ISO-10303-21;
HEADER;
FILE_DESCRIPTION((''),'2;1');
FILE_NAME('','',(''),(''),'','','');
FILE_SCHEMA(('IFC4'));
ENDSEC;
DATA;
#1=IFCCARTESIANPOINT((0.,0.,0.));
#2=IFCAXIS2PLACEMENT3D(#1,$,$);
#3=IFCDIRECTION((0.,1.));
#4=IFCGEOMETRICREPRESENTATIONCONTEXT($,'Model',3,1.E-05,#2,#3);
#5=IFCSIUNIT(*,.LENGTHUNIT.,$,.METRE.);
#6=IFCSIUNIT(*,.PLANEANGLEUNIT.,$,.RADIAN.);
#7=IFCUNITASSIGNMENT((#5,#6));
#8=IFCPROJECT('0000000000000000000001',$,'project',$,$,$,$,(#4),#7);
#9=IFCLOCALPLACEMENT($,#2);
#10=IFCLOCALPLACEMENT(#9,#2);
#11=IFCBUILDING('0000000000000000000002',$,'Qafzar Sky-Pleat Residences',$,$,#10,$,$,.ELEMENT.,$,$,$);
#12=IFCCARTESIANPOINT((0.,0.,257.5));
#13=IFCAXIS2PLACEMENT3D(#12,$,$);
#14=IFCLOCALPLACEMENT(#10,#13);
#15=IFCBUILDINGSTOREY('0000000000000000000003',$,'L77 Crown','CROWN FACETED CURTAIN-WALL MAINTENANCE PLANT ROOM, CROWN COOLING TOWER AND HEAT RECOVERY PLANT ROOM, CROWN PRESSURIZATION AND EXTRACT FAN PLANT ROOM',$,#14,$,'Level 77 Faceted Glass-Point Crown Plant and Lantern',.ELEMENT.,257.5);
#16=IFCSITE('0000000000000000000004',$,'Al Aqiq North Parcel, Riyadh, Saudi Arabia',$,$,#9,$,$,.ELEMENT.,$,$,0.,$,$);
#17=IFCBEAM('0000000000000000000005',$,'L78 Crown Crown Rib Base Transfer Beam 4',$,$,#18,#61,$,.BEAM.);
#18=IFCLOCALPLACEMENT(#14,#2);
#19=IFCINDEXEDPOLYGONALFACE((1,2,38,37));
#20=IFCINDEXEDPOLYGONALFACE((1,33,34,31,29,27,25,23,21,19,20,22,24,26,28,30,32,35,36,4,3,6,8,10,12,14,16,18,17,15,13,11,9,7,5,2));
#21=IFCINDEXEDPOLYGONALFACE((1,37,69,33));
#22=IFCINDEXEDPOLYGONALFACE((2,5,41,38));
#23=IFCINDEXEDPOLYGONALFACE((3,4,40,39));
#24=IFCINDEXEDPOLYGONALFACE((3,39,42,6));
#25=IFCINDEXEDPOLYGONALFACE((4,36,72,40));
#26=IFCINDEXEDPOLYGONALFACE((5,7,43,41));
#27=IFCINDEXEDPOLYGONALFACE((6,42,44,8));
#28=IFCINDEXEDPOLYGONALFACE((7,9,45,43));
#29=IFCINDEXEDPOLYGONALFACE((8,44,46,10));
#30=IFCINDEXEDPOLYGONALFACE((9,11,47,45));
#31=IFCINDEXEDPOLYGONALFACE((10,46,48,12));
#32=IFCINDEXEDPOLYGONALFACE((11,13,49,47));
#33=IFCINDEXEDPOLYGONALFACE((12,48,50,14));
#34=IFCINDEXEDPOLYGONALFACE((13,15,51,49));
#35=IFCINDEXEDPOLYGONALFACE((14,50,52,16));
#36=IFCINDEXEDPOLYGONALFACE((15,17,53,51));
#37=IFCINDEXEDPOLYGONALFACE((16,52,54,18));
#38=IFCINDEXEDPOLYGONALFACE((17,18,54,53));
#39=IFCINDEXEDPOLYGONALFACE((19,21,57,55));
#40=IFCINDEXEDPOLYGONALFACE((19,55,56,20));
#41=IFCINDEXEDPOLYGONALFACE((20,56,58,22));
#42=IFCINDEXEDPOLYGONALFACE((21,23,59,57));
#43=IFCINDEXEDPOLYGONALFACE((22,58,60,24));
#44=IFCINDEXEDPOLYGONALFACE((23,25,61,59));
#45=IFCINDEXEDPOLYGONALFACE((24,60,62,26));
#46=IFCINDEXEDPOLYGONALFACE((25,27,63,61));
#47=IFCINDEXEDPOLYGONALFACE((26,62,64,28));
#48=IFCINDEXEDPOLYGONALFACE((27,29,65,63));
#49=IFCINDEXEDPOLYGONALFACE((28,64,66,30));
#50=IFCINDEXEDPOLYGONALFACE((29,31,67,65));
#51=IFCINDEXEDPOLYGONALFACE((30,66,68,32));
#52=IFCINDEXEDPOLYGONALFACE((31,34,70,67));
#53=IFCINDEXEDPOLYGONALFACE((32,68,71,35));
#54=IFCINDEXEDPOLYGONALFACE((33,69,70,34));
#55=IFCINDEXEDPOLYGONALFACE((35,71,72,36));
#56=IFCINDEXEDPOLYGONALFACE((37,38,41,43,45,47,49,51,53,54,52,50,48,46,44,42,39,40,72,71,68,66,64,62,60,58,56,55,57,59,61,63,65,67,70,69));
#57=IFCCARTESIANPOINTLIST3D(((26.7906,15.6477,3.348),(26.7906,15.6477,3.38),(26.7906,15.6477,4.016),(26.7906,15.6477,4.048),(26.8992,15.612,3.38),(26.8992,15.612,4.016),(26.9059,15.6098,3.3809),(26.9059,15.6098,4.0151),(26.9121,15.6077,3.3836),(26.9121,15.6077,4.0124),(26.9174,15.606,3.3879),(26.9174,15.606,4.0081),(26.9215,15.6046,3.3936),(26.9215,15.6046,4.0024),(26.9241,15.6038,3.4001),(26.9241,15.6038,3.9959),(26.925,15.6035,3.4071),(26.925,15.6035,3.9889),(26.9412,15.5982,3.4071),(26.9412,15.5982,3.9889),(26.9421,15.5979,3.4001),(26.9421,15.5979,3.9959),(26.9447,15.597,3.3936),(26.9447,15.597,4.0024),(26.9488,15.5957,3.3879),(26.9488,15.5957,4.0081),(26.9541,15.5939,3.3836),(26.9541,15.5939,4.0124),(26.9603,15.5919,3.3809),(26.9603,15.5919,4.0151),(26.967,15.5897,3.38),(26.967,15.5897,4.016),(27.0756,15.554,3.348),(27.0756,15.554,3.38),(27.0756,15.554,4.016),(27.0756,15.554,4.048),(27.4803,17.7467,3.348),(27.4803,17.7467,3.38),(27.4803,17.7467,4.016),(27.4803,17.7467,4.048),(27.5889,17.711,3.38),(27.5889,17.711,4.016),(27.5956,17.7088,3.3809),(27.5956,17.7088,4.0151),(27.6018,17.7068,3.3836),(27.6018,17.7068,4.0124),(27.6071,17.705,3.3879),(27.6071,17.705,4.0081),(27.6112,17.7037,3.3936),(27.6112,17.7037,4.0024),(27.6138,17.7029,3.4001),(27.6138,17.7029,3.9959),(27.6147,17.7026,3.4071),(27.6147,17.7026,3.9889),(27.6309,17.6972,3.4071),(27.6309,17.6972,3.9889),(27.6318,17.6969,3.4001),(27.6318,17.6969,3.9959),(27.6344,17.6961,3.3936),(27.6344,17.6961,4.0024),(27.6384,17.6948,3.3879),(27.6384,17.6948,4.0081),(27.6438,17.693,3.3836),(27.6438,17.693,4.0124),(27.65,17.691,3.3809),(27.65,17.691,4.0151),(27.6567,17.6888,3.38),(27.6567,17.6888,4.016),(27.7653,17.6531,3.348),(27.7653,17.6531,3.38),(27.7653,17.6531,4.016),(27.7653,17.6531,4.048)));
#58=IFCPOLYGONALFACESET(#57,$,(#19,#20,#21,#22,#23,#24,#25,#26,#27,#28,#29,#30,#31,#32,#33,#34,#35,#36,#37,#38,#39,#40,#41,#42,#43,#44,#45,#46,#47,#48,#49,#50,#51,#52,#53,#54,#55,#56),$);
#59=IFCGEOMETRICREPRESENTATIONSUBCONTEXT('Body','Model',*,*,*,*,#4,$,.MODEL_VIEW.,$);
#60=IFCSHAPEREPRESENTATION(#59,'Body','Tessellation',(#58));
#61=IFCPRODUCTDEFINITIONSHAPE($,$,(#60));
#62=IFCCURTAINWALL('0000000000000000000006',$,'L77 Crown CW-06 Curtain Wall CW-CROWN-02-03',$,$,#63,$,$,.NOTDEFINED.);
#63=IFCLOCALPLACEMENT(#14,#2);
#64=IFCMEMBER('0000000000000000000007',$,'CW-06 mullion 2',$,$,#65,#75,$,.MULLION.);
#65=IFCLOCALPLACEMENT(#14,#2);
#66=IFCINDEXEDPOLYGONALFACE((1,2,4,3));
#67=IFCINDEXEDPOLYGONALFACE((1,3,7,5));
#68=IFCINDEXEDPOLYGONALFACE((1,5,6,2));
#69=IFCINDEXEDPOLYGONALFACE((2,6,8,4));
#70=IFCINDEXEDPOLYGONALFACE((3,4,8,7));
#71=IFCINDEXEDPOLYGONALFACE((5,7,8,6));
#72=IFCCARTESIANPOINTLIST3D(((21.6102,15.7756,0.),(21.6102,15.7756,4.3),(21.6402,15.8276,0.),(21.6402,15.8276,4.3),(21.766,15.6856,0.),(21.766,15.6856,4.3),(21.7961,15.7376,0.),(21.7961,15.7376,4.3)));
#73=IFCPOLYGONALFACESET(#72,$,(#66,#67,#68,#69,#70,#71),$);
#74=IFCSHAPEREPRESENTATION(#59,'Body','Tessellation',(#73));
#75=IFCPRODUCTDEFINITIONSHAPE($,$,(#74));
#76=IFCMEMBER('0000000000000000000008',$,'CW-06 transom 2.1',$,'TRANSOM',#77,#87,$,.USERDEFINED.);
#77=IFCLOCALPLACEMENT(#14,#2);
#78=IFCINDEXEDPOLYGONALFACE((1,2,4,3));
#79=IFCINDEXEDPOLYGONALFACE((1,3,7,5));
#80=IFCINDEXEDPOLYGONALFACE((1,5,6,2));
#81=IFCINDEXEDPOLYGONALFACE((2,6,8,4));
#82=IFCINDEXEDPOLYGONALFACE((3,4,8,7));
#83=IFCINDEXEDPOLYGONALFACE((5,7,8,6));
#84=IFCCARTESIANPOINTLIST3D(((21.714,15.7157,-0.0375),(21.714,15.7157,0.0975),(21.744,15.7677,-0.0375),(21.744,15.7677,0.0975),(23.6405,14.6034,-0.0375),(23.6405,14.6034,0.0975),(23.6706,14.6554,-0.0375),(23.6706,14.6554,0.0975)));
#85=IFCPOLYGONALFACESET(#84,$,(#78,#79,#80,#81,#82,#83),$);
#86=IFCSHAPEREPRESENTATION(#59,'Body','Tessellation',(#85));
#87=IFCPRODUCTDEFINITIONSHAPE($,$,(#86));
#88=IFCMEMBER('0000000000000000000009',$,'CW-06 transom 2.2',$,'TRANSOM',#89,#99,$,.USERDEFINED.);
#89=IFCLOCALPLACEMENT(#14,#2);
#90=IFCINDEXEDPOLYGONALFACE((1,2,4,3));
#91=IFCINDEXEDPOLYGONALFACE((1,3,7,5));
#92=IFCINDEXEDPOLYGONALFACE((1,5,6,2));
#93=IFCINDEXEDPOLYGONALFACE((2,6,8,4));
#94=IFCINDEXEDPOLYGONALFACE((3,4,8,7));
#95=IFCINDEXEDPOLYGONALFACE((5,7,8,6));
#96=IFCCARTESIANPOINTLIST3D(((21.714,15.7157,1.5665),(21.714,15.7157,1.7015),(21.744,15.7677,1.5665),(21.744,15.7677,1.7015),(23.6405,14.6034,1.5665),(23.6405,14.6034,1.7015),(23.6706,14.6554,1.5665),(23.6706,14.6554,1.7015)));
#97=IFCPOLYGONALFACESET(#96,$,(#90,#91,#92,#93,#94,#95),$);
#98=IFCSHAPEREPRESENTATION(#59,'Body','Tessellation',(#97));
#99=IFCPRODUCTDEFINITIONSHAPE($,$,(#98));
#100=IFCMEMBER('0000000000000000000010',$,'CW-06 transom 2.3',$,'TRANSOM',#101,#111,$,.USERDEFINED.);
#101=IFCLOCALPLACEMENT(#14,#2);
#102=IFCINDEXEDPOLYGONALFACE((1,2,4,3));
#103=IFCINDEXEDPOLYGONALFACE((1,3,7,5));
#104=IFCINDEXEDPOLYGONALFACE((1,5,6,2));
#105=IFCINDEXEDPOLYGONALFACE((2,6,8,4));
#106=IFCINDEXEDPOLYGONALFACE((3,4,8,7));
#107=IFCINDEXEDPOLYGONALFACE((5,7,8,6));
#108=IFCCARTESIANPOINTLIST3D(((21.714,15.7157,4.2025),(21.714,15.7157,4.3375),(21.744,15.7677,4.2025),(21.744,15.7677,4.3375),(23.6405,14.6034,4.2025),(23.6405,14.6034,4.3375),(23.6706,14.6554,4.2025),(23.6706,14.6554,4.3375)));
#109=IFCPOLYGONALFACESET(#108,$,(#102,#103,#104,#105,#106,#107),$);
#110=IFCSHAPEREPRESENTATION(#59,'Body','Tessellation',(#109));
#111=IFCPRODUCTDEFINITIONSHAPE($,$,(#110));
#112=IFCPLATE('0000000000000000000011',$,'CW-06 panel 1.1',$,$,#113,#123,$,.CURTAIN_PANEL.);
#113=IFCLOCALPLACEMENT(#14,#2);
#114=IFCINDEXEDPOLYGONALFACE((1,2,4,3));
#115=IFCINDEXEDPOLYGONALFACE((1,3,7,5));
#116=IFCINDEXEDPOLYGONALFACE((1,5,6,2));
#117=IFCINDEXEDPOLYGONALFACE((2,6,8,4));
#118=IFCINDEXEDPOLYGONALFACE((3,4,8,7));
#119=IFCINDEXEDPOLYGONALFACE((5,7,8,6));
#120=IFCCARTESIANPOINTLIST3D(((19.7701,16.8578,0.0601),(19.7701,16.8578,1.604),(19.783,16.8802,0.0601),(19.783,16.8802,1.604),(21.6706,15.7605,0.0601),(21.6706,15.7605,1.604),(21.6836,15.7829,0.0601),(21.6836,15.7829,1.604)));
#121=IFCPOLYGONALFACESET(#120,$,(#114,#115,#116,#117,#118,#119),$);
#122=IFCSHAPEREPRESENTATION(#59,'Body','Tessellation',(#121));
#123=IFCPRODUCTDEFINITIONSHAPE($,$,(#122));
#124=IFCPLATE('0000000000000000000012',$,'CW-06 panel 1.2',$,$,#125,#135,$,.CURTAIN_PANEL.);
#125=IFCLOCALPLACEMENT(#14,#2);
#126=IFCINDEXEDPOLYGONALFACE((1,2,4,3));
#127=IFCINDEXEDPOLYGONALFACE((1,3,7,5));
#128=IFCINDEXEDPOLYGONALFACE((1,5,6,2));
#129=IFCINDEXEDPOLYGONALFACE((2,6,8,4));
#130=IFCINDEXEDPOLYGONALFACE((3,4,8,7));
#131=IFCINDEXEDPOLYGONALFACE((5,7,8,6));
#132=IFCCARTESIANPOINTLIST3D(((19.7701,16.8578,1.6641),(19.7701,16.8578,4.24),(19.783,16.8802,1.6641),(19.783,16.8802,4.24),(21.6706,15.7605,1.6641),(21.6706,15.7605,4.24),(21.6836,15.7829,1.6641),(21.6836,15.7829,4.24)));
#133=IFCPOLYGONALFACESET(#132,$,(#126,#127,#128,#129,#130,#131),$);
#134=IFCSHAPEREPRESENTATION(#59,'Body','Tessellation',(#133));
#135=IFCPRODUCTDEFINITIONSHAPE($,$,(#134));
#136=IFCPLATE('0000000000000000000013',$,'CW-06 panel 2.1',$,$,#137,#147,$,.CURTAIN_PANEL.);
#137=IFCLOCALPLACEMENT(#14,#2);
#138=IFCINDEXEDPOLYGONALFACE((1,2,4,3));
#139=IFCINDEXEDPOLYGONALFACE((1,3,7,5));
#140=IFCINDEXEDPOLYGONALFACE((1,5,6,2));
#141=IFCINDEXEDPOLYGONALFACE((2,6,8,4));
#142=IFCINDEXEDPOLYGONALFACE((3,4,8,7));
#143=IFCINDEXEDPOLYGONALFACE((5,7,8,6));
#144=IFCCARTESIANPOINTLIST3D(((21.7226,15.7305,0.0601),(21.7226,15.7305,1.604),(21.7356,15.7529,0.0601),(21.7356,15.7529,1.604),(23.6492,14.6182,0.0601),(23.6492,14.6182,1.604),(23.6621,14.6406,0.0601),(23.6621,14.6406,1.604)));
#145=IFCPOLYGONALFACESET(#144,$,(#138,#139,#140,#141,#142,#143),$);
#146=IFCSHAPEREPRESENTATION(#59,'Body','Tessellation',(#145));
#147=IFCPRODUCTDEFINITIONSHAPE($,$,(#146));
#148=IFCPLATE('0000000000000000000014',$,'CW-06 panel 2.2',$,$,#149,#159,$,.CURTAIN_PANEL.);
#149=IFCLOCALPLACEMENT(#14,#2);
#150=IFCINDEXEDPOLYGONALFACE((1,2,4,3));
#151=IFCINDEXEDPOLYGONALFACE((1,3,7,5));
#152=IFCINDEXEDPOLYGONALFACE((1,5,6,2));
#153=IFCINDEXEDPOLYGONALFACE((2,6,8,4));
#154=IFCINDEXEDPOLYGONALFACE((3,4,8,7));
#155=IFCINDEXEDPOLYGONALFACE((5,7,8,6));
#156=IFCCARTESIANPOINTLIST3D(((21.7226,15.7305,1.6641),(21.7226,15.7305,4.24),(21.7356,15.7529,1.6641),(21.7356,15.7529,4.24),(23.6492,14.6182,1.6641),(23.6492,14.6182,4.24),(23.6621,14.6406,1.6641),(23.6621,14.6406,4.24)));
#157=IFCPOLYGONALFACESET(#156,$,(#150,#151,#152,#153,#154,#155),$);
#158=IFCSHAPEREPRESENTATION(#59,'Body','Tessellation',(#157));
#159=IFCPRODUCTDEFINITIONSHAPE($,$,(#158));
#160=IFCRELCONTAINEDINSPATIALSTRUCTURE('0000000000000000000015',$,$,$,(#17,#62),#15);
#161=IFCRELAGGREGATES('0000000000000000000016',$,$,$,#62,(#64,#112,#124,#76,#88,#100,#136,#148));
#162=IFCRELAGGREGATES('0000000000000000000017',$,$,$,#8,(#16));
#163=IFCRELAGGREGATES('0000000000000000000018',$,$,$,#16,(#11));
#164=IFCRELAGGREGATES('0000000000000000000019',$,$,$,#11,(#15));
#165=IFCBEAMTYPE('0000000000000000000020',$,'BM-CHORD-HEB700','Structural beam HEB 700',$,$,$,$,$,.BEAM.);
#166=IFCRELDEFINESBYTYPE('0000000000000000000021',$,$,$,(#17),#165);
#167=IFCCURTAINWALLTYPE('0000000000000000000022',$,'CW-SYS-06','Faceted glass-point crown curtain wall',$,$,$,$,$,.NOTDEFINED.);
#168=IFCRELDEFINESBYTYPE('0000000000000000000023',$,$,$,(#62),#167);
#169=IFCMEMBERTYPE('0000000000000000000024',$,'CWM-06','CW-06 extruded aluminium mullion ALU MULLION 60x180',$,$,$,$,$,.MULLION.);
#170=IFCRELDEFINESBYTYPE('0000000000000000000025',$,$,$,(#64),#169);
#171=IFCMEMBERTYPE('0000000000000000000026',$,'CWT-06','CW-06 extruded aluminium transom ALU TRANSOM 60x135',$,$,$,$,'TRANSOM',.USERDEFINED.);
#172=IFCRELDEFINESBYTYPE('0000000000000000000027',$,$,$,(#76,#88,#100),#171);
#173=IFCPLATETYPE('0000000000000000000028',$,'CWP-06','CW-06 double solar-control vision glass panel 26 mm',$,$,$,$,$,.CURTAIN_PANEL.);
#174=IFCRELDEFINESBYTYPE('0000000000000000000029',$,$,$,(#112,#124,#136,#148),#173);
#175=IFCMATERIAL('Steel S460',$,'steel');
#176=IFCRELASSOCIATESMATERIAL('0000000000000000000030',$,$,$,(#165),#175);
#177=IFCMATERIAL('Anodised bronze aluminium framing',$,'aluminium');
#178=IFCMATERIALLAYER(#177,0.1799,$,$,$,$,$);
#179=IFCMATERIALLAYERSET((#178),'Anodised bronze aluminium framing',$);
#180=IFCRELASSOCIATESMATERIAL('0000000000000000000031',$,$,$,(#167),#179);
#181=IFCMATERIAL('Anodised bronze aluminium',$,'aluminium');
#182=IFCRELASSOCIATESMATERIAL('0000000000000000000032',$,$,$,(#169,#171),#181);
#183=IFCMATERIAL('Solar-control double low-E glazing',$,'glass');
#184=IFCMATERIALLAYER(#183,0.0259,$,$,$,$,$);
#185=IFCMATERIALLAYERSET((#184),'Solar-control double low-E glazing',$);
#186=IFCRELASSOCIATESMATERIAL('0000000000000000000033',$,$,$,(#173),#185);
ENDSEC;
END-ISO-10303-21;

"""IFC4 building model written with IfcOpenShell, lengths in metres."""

from ifc_helpers import new_model, si_unit, direction, frame, origin, origin_2d, place, context, subcontext, project, spatial, rectangle, i_section, extrude, source, transform, mapped, material, layer, layer_set, material_profile, profile_set, type_object, element, aggregate, save


model = new_model("IFC4")

# Units and contexts
model_context = context("Model", 3, precision=1e-05, world=origin(), true_north=direction((0.0, 1.0)))
body_context = subcontext(model_context, "Body", "Model", "MODEL_VIEW")
ifc_project = project(units=[si_unit("LENGTHUNIT", "METRE"), si_unit("PLANEANGLEUNIT", "RADIAN")], contexts=[model_context])

# Site, building, storey
site_placement = place(None, origin())
site = spatial("IfcSite", under=ifc_project, at=site_placement, Name="Al Aqiq North Parcel, Riyadh, Saudi Arabia", CompositionType="ELEMENT", RefElevation=0.0)
building_placement = place(site_placement, origin())
building = spatial("IfcBuilding", under=site, at=building_placement, Name="Qafzar Sky-Pleat Residences", CompositionType="ELEMENT")
storey_placement = place(building_placement, frame((0.0, 0.0, 257.5)))
storey = spatial("IfcBuildingStorey", under=building, at=storey_placement, Name="L77 Crown", Description="CROWN FACETED CURTAIN-WALL MAINTENANCE PLANT ROOM, CROWN COOLING TOWER AND HEAT RECOVERY PLANT ROOM, CROWN PRESSURIZATION AND EXTRACT FAN PLANT ROOM", LongName="Level 77 Faceted Glass-Point Crown Plant and Lantern", CompositionType="ELEMENT", Elevation=257.5)

# Shared definitions
ifc_material_1 = material(Name="Steel S460", Category="steel")

# Beam
ifc_material_profile_1 = material_profile(ifc_material_1, i_section(OverallWidth=0.3, OverallDepth=0.7, WebThickness=0.0171, FlangeThickness=0.032, FilletRadius=0.0271, at=origin_2d()), Name="HEB 700")
ifc_profile_set_1 = profile_set([ifc_material_profile_1], Name="Steel S460")
beam_type = type_object("IfcBeamType", Name="BM-CHORD-HEB700", Description="Structural beam HEB 700", PredefinedType="BEAM", material=ifc_profile_set_1)
shared_shape_1 = source(origin(), body_context, "Body", "SweptSolid", [
    extrude(i_section(OverallWidth=0.3, OverallDepth=0.7, WebThickness=0.0171, FlangeThickness=0.032, FilletRadius=0.0271, at=origin_2d()), origin(), (0.0, 0.0, 1.0), 2.2095),
])
beam_placement = place(storey_placement, frame((26.9331, 15.6008, 3.698), z_axis=(0.312148, 0.950034, 0.0), x_axis=(-0.950034, 0.312148, 0.0)))
element("IfcBeam", 1, at=beam_placement, inside=storey, type_object=beam_type, Name="L78 Crown Crown Rib Base Transfer Beam 4", PredefinedType="BEAM", context=body_context, shape_type="MappedRepresentation", body=[
    mapped(shared_shape_1, transform((0.0, 0.0, 0.0), x_axis=(1.0, 0.0, 0.0), y_axis=(0.0, 1.0, 0.0), z_axis=(0.0, 0.0, 1.0), scale=1.0)),
])

# Curtain wall, members, plates
ifc_material_2 = material(Name="Anodised bronze aluminium framing", Category="aluminium")
ifc_layer_1 = layer(ifc_material_2, 0.1799)
ifc_layer_set_1 = layer_set([ifc_layer_1], Name="Anodised bronze aluminium framing")
curtain_wall_type = type_object("IfcCurtainWallType", Name="CW-SYS-06", Description="Faceted glass-point crown curtain wall", PredefinedType="NOTDEFINED", material=ifc_layer_set_1)
curtain_wall_placement = place(storey_placement, origin())
curtain_wall = element("IfcCurtainWall", 2, at=curtain_wall_placement, inside=storey, type_object=curtain_wall_type, Name="L77 Crown CW-06 Curtain Wall CW-CROWN-02-03", PredefinedType="NOTDEFINED")
ifc_material_3 = material(Name="Anodised bronze aluminium", Category="aluminium")
ifc_material_profile_2 = material_profile(ifc_material_3, rectangle(XDim=0.0601, YDim=0.1799, at=origin_2d()), Name="ALU MULLION 60x180")
ifc_profile_set_2 = profile_set([ifc_material_profile_2], Name="Anodised bronze aluminium")
member_type_1 = type_object("IfcMemberType", Name="CWM-06", Description="CW-06 extruded aluminium mullion ALU MULLION 60x180", PredefinedType="MULLION", material=ifc_profile_set_2)
shared_shape_2 = source(origin(), body_context, "Body", "SweptSolid", [
    extrude(rectangle(XDim=0.0601, YDim=0.1799, at=origin_2d()), origin(), (0.0, 0.0, 1.0), 4.3),
])
member_1_placement = place(storey_placement, frame((21.7031, 15.7566, 0.0), z_axis=(0.0, 0.0, 1.0), x_axis=(0.499999, 0.866026, 0.0)))
member_1 = element("IfcMember", 3, at=member_1_placement, type_object=member_type_1, Name="CW-06 mullion 2", PredefinedType="MULLION", context=body_context, shape_type="MappedRepresentation", body=[
    mapped(shared_shape_2, transform((0.0, 0.0, 0.0), x_axis=(1.0, 0.0, 0.0), y_axis=(0.0, 1.0, 0.0), z_axis=(0.0, 0.0, 1.0), scale=1.0)),
])
ifc_material_profile_3 = material_profile(ifc_material_3, rectangle(XDim=0.0601, YDim=0.135, at=origin_2d()), Name="ALU TRANSOM 60x135")
ifc_profile_set_3 = profile_set([ifc_material_profile_3], Name="Anodised bronze aluminium")
member_type_2 = type_object("IfcMemberType", Name="CWT-06", Description="CW-06 extruded aluminium transom ALU TRANSOM 60x135", ElementType="TRANSOM", PredefinedType="USERDEFINED", material=ifc_profile_set_3)
shared_shape_3 = source(origin(), body_context, "Body", "SweptSolid", [
    extrude(rectangle(XDim=0.0601, YDim=0.135, at=origin_2d()), origin(), (0.0, 0.0, 1.0), 2.2246),
])
member_2_placement = place(storey_placement, frame((21.729, 15.7417, 0.03), z_axis=(0.866019, -0.500011, 0.0), x_axis=(0.500011, 0.866019, 0.0)))
member_2 = element("IfcMember", 4, at=member_2_placement, type_object=member_type_2, Name="CW-06 transom 2.1", ObjectType="TRANSOM", PredefinedType="USERDEFINED", context=body_context, shape_type="MappedRepresentation", body=[
    mapped(shared_shape_3, transform((0.0, 0.0, 0.0), x_axis=(1.0, 0.0, 0.0), y_axis=(0.0, 1.0, 0.0), z_axis=(0.0, 0.0, 1.0), scale=1.0)),
])
member_3_placement = place(storey_placement, frame((21.729, 15.7417, 1.634), z_axis=(0.866019, -0.500011, 0.0), x_axis=(0.500011, 0.866019, 0.0)))
member_3 = element("IfcMember", 5, at=member_3_placement, type_object=member_type_2, Name="CW-06 transom 2.2", ObjectType="TRANSOM", PredefinedType="USERDEFINED", context=body_context, shape_type="MappedRepresentation", body=[
    mapped(shared_shape_3, transform((0.0, 0.0, 0.0), x_axis=(1.0, 0.0, 0.0), y_axis=(0.0, 1.0, 0.0), z_axis=(0.0, 0.0, 1.0), scale=1.0)),
])
member_4_placement = place(storey_placement, frame((21.729, 15.7417, 4.27), z_axis=(0.866019, -0.500011, 0.0), x_axis=(0.500011, 0.866019, 0.0)))
member_4 = element("IfcMember", 6, at=member_4_placement, type_object=member_type_2, Name="CW-06 transom 2.3", ObjectType="TRANSOM", PredefinedType="USERDEFINED", context=body_context, shape_type="MappedRepresentation", body=[
    mapped(shared_shape_3, transform((0.0, 0.0, 0.0), x_axis=(1.0, 0.0, 0.0), y_axis=(0.0, 1.0, 0.0), z_axis=(0.0, 0.0, 1.0), scale=1.0)),
])
ifc_material_4 = material(Name="Solar-control double low-E glazing", Category="glass")
ifc_layer_2 = layer(ifc_material_4, 0.0259)
ifc_layer_set_2 = layer_set([ifc_layer_2], Name="Solar-control double low-E glazing")
plate_type = type_object("IfcPlateType", Name="CWP-06", Description="CW-06 double solar-control vision glass panel 26 mm", PredefinedType="CURTAIN_PANEL", material=ifc_layer_set_2)
shared_shape_4 = source(origin(), body_context, "Body", "SweptSolid", [
    extrude(rectangle(XDim=2.1946, YDim=0.0259, at=origin_2d()), origin(), (0.0, 0.0, 1.0), 1.5439),
])
plate_1_placement = place(storey_placement, frame((20.7268, 16.3203, 0.0601), z_axis=(0.0, 0.0, 1.0), x_axis=(0.866026, -0.499999, 0.0)))
plate_1 = element("IfcPlate", 7, at=plate_1_placement, type_object=plate_type, Name="CW-06 panel 1.1", PredefinedType="CURTAIN_PANEL", context=body_context, shape_type="MappedRepresentation", body=[
    mapped(shared_shape_4, transform((0.0, 0.0, 0.0), x_axis=(1.0, 0.0, 0.0), y_axis=(0.0, 1.0, 0.0), z_axis=(0.0, 0.0, 1.0), scale=1.0)),
])
shared_shape_5 = source(origin(), body_context, "Body", "SweptSolid", [
    extrude(rectangle(XDim=2.1946, YDim=0.0259, at=origin_2d()), origin(), (0.0, 0.0, 1.0), 2.5759),
])
plate_2_placement = place(storey_placement, frame((20.7268, 16.3203, 1.6641), z_axis=(0.0, 0.0, 1.0), x_axis=(0.866026, -0.499999, 0.0)))
plate_2 = element("IfcPlate", 8, at=plate_2_placement, type_object=plate_type, Name="CW-06 panel 1.2", PredefinedType="CURTAIN_PANEL", context=body_context, shape_type="MappedRepresentation", body=[
    mapped(shared_shape_5, transform((0.0, 0.0, 0.0), x_axis=(1.0, 0.0, 0.0), y_axis=(0.0, 1.0, 0.0), z_axis=(0.0, 0.0, 1.0), scale=1.0)),
])
shared_shape_6 = source(origin(), body_context, "Body", "SweptSolid", [
    extrude(rectangle(XDim=2.2246, YDim=0.0259, at=origin_2d()), origin(), (0.0, 0.0, 1.0), 1.5439),
])
plate_3_placement = place(storey_placement, frame((22.6924, 15.1855, 0.0601), z_axis=(0.0, 0.0, 1.0), x_axis=(0.866026, -0.499999, 0.0)))
plate_3 = element("IfcPlate", 9, at=plate_3_placement, type_object=plate_type, Name="CW-06 panel 2.1", PredefinedType="CURTAIN_PANEL", context=body_context, shape_type="MappedRepresentation", body=[
    mapped(shared_shape_6, transform((0.0, 0.0, 0.0), x_axis=(1.0, 0.0, 0.0), y_axis=(0.0, 1.0, 0.0), z_axis=(0.0, 0.0, 1.0), scale=1.0)),
])
shared_shape_7 = source(origin(), body_context, "Body", "SweptSolid", [
    extrude(rectangle(XDim=2.2246, YDim=0.0259, at=origin_2d()), origin(), (0.0, 0.0, 1.0), 2.5759),
])
plate_4_placement = place(storey_placement, frame((22.6924, 15.1855, 1.6641), z_axis=(0.0, 0.0, 1.0), x_axis=(0.866026, -0.499999, 0.0)))
plate_4 = element("IfcPlate", 10, at=plate_4_placement, type_object=plate_type, Name="CW-06 panel 2.2", PredefinedType="CURTAIN_PANEL", context=body_context, shape_type="MappedRepresentation", body=[
    mapped(shared_shape_7, transform((0.0, 0.0, 0.0), x_axis=(1.0, 0.0, 0.0), y_axis=(0.0, 1.0, 0.0), z_axis=(0.0, 0.0, 1.0), scale=1.0)),
])
aggregate(curtain_wall, [member_1, plate_1, plate_2, member_2, member_3, member_4, plate_3, plate_4])

save(model, "model.ifc")
